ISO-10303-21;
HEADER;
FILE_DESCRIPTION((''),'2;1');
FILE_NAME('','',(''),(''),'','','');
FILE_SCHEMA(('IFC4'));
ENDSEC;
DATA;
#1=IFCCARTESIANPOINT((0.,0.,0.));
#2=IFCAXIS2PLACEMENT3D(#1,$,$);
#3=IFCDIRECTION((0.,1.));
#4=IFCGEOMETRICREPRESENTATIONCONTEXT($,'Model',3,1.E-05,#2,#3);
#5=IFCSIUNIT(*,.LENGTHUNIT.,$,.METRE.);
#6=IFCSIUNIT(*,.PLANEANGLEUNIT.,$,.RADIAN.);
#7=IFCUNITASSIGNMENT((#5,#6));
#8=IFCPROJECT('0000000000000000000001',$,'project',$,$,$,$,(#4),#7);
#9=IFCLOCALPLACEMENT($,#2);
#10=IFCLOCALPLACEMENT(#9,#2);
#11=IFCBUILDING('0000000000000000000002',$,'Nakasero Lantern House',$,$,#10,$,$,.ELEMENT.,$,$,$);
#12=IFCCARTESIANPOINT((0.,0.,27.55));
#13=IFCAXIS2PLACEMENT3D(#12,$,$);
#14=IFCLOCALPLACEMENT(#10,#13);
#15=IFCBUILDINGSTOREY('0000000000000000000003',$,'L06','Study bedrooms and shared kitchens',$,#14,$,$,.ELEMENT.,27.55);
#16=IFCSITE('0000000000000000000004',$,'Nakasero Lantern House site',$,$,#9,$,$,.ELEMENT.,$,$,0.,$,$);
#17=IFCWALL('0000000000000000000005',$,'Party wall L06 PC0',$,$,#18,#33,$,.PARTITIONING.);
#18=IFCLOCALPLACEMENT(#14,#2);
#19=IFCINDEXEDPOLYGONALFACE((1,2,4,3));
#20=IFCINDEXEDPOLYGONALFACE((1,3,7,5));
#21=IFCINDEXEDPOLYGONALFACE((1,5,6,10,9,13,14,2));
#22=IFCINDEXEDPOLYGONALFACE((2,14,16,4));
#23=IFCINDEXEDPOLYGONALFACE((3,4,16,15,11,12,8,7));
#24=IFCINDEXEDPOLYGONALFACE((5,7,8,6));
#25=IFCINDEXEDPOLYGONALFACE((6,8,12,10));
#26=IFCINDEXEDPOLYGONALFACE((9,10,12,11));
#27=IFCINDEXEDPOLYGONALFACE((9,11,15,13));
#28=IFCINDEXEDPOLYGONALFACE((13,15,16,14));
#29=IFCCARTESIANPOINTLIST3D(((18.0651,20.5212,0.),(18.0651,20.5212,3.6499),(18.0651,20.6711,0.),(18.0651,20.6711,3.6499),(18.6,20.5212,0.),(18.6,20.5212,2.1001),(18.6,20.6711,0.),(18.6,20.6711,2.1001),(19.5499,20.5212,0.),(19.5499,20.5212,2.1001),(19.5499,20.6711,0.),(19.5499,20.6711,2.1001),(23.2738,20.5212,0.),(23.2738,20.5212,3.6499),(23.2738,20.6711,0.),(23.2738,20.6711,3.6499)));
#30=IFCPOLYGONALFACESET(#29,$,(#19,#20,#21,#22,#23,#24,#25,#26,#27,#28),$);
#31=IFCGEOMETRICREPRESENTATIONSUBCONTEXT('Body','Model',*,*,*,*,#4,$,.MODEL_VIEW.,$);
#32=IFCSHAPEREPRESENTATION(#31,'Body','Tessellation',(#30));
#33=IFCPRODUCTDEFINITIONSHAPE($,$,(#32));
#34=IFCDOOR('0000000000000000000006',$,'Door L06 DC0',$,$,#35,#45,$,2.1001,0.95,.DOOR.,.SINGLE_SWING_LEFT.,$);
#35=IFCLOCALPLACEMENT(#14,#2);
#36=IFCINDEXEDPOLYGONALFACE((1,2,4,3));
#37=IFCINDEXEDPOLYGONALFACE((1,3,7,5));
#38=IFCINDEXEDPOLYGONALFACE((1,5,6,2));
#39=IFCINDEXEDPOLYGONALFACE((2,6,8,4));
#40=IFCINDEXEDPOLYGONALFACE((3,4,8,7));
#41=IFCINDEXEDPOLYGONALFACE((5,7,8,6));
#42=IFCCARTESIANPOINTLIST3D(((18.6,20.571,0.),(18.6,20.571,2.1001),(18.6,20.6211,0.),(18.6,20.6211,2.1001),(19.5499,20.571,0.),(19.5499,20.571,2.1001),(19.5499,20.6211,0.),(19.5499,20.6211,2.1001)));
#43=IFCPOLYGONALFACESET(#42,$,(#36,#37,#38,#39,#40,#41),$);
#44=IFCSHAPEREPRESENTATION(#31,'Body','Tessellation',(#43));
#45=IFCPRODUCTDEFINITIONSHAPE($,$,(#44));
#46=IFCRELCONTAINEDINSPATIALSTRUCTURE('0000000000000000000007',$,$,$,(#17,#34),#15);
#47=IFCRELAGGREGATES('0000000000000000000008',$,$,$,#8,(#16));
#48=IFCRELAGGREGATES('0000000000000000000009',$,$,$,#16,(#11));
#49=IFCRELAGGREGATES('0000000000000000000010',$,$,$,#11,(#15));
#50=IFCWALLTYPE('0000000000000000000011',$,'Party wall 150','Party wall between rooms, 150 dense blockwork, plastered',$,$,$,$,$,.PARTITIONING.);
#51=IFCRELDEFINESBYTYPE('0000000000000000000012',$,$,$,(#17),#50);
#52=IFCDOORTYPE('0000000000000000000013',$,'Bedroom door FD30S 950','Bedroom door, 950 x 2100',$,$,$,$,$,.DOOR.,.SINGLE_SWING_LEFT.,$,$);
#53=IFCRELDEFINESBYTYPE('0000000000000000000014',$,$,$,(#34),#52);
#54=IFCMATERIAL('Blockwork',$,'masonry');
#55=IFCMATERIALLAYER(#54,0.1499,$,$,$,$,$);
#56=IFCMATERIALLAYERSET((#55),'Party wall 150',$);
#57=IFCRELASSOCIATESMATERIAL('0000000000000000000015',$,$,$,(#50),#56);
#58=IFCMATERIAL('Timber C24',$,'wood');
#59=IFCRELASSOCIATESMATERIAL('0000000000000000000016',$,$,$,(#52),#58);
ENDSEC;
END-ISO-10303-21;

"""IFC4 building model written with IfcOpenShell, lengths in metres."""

from ifc_helpers import new_model, si_unit, direction, frame, frame_2d, origin, place, context, subcontext, project, spatial, rectangle, extrude, material, layer, layer_set, type_object, element, fill, save


model = new_model("IFC4")

# Units and contexts
model_context = context("Model", 3, precision=1e-05, world=origin(), true_north=direction((0.0, 1.0)))
body_context = subcontext(model_context, "Body", "Model", "MODEL_VIEW")
ifc_project = project(units=[si_unit("LENGTHUNIT", "METRE"), si_unit("PLANEANGLEUNIT", "RADIAN")], contexts=[model_context])

# Site, building, storey
site_placement = place(None, origin())
site = spatial("IfcSite", under=ifc_project, at=site_placement, Name="Nakasero Lantern House site", CompositionType="ELEMENT", RefElevation=0.0)
building_placement = place(site_placement, origin())
building = spatial("IfcBuilding", under=site, at=building_placement, Name="Nakasero Lantern House", CompositionType="ELEMENT")
storey_placement = place(building_placement, frame((0.0, 0.0, 27.55)))
storey = spatial("IfcBuildingStorey", under=building, at=storey_placement, Name="L06", Description="Study bedrooms and shared kitchens", CompositionType="ELEMENT", Elevation=27.55)

# Wall, opening, door
ifc_material_1 = material(Name="Blockwork", Category="masonry")
ifc_layer_1 = layer(ifc_material_1, 0.1499)
ifc_layer_set_1 = layer_set([ifc_layer_1], Name="Party wall 150")
wall_type_1 = type_object("IfcWallType", Name="Party wall 150", Description="Party wall between rooms, 150 dense blockwork, plastered", PredefinedType="PARTITIONING", material=ifc_layer_set_1)
wall_1_placement = place(storey_placement, frame((18.0649, 20.5962, 0.0), z_axis=(0.0, 0.0, 1.0), x_axis=(1.0, 0.0, 0.0)))
wall_1 = element("IfcWall", 1, at=wall_1_placement, inside=storey, type_object=wall_type_1, Name="Party wall L06 PC0", PredefinedType="PARTITIONING", context=body_context, shape_type="SweptSolid", body=[
    extrude(rectangle(XDim=5.2087, YDim=0.1499, at=frame_2d((2.6045, 0.0))), origin(), (0.0, 0.0, 1.0), 3.6499),
])
opening_1_placement = place(wall_1_placement, frame((0.5349, 0.0, 0.0)))
opening_1 = element("IfcOpeningElement", 2, at=opening_1_placement, cuts=wall_1, PredefinedType="OPENING", context=body_context, shape_type="SweptSolid", body=[
    extrude(rectangle(XDim=0.95, YDim=2.1001, at=frame_2d((0.4751, 1.05))), frame((0.0, 0.095, 0.0), z_axis=(0.0, -1.0, 0.0), x_axis=(1.0, 0.0, 0.0)), (0.0, 0.0, 1.0), 0.1899),
])
ifc_material_2 = material(Name="Timber C24", Category="wood")
door_type_1 = type_object("IfcDoorType", Name="Bedroom door FD30S 950", Description="Bedroom door, 950 x 2100", OperationType="SINGLE_SWING_LEFT", PredefinedType="DOOR", material=ifc_material_2)
door_1_placement = place(opening_1_placement, origin())
door_1 = element("IfcDoor", 3, at=door_1_placement, inside=storey, type_object=door_type_1, Name="Door L06 DC0", OperationType="SINGLE_SWING_LEFT", OverallHeight=2.1001, OverallWidth=0.95, PredefinedType="DOOR", context=body_context, shape_type="SweptSolid", body=[
    extrude(rectangle(XDim=0.95, YDim=2.1001, at=frame_2d((0.4751, 1.05))), frame((0.0, 0.0249, 0.0), z_axis=(0.0, -1.0, 0.0), x_axis=(1.0, 0.0, 0.0)), (0.0, 0.0, 1.0), 0.05),
])
fill(opening_1, door_1)

save(model, "model.ifc")
